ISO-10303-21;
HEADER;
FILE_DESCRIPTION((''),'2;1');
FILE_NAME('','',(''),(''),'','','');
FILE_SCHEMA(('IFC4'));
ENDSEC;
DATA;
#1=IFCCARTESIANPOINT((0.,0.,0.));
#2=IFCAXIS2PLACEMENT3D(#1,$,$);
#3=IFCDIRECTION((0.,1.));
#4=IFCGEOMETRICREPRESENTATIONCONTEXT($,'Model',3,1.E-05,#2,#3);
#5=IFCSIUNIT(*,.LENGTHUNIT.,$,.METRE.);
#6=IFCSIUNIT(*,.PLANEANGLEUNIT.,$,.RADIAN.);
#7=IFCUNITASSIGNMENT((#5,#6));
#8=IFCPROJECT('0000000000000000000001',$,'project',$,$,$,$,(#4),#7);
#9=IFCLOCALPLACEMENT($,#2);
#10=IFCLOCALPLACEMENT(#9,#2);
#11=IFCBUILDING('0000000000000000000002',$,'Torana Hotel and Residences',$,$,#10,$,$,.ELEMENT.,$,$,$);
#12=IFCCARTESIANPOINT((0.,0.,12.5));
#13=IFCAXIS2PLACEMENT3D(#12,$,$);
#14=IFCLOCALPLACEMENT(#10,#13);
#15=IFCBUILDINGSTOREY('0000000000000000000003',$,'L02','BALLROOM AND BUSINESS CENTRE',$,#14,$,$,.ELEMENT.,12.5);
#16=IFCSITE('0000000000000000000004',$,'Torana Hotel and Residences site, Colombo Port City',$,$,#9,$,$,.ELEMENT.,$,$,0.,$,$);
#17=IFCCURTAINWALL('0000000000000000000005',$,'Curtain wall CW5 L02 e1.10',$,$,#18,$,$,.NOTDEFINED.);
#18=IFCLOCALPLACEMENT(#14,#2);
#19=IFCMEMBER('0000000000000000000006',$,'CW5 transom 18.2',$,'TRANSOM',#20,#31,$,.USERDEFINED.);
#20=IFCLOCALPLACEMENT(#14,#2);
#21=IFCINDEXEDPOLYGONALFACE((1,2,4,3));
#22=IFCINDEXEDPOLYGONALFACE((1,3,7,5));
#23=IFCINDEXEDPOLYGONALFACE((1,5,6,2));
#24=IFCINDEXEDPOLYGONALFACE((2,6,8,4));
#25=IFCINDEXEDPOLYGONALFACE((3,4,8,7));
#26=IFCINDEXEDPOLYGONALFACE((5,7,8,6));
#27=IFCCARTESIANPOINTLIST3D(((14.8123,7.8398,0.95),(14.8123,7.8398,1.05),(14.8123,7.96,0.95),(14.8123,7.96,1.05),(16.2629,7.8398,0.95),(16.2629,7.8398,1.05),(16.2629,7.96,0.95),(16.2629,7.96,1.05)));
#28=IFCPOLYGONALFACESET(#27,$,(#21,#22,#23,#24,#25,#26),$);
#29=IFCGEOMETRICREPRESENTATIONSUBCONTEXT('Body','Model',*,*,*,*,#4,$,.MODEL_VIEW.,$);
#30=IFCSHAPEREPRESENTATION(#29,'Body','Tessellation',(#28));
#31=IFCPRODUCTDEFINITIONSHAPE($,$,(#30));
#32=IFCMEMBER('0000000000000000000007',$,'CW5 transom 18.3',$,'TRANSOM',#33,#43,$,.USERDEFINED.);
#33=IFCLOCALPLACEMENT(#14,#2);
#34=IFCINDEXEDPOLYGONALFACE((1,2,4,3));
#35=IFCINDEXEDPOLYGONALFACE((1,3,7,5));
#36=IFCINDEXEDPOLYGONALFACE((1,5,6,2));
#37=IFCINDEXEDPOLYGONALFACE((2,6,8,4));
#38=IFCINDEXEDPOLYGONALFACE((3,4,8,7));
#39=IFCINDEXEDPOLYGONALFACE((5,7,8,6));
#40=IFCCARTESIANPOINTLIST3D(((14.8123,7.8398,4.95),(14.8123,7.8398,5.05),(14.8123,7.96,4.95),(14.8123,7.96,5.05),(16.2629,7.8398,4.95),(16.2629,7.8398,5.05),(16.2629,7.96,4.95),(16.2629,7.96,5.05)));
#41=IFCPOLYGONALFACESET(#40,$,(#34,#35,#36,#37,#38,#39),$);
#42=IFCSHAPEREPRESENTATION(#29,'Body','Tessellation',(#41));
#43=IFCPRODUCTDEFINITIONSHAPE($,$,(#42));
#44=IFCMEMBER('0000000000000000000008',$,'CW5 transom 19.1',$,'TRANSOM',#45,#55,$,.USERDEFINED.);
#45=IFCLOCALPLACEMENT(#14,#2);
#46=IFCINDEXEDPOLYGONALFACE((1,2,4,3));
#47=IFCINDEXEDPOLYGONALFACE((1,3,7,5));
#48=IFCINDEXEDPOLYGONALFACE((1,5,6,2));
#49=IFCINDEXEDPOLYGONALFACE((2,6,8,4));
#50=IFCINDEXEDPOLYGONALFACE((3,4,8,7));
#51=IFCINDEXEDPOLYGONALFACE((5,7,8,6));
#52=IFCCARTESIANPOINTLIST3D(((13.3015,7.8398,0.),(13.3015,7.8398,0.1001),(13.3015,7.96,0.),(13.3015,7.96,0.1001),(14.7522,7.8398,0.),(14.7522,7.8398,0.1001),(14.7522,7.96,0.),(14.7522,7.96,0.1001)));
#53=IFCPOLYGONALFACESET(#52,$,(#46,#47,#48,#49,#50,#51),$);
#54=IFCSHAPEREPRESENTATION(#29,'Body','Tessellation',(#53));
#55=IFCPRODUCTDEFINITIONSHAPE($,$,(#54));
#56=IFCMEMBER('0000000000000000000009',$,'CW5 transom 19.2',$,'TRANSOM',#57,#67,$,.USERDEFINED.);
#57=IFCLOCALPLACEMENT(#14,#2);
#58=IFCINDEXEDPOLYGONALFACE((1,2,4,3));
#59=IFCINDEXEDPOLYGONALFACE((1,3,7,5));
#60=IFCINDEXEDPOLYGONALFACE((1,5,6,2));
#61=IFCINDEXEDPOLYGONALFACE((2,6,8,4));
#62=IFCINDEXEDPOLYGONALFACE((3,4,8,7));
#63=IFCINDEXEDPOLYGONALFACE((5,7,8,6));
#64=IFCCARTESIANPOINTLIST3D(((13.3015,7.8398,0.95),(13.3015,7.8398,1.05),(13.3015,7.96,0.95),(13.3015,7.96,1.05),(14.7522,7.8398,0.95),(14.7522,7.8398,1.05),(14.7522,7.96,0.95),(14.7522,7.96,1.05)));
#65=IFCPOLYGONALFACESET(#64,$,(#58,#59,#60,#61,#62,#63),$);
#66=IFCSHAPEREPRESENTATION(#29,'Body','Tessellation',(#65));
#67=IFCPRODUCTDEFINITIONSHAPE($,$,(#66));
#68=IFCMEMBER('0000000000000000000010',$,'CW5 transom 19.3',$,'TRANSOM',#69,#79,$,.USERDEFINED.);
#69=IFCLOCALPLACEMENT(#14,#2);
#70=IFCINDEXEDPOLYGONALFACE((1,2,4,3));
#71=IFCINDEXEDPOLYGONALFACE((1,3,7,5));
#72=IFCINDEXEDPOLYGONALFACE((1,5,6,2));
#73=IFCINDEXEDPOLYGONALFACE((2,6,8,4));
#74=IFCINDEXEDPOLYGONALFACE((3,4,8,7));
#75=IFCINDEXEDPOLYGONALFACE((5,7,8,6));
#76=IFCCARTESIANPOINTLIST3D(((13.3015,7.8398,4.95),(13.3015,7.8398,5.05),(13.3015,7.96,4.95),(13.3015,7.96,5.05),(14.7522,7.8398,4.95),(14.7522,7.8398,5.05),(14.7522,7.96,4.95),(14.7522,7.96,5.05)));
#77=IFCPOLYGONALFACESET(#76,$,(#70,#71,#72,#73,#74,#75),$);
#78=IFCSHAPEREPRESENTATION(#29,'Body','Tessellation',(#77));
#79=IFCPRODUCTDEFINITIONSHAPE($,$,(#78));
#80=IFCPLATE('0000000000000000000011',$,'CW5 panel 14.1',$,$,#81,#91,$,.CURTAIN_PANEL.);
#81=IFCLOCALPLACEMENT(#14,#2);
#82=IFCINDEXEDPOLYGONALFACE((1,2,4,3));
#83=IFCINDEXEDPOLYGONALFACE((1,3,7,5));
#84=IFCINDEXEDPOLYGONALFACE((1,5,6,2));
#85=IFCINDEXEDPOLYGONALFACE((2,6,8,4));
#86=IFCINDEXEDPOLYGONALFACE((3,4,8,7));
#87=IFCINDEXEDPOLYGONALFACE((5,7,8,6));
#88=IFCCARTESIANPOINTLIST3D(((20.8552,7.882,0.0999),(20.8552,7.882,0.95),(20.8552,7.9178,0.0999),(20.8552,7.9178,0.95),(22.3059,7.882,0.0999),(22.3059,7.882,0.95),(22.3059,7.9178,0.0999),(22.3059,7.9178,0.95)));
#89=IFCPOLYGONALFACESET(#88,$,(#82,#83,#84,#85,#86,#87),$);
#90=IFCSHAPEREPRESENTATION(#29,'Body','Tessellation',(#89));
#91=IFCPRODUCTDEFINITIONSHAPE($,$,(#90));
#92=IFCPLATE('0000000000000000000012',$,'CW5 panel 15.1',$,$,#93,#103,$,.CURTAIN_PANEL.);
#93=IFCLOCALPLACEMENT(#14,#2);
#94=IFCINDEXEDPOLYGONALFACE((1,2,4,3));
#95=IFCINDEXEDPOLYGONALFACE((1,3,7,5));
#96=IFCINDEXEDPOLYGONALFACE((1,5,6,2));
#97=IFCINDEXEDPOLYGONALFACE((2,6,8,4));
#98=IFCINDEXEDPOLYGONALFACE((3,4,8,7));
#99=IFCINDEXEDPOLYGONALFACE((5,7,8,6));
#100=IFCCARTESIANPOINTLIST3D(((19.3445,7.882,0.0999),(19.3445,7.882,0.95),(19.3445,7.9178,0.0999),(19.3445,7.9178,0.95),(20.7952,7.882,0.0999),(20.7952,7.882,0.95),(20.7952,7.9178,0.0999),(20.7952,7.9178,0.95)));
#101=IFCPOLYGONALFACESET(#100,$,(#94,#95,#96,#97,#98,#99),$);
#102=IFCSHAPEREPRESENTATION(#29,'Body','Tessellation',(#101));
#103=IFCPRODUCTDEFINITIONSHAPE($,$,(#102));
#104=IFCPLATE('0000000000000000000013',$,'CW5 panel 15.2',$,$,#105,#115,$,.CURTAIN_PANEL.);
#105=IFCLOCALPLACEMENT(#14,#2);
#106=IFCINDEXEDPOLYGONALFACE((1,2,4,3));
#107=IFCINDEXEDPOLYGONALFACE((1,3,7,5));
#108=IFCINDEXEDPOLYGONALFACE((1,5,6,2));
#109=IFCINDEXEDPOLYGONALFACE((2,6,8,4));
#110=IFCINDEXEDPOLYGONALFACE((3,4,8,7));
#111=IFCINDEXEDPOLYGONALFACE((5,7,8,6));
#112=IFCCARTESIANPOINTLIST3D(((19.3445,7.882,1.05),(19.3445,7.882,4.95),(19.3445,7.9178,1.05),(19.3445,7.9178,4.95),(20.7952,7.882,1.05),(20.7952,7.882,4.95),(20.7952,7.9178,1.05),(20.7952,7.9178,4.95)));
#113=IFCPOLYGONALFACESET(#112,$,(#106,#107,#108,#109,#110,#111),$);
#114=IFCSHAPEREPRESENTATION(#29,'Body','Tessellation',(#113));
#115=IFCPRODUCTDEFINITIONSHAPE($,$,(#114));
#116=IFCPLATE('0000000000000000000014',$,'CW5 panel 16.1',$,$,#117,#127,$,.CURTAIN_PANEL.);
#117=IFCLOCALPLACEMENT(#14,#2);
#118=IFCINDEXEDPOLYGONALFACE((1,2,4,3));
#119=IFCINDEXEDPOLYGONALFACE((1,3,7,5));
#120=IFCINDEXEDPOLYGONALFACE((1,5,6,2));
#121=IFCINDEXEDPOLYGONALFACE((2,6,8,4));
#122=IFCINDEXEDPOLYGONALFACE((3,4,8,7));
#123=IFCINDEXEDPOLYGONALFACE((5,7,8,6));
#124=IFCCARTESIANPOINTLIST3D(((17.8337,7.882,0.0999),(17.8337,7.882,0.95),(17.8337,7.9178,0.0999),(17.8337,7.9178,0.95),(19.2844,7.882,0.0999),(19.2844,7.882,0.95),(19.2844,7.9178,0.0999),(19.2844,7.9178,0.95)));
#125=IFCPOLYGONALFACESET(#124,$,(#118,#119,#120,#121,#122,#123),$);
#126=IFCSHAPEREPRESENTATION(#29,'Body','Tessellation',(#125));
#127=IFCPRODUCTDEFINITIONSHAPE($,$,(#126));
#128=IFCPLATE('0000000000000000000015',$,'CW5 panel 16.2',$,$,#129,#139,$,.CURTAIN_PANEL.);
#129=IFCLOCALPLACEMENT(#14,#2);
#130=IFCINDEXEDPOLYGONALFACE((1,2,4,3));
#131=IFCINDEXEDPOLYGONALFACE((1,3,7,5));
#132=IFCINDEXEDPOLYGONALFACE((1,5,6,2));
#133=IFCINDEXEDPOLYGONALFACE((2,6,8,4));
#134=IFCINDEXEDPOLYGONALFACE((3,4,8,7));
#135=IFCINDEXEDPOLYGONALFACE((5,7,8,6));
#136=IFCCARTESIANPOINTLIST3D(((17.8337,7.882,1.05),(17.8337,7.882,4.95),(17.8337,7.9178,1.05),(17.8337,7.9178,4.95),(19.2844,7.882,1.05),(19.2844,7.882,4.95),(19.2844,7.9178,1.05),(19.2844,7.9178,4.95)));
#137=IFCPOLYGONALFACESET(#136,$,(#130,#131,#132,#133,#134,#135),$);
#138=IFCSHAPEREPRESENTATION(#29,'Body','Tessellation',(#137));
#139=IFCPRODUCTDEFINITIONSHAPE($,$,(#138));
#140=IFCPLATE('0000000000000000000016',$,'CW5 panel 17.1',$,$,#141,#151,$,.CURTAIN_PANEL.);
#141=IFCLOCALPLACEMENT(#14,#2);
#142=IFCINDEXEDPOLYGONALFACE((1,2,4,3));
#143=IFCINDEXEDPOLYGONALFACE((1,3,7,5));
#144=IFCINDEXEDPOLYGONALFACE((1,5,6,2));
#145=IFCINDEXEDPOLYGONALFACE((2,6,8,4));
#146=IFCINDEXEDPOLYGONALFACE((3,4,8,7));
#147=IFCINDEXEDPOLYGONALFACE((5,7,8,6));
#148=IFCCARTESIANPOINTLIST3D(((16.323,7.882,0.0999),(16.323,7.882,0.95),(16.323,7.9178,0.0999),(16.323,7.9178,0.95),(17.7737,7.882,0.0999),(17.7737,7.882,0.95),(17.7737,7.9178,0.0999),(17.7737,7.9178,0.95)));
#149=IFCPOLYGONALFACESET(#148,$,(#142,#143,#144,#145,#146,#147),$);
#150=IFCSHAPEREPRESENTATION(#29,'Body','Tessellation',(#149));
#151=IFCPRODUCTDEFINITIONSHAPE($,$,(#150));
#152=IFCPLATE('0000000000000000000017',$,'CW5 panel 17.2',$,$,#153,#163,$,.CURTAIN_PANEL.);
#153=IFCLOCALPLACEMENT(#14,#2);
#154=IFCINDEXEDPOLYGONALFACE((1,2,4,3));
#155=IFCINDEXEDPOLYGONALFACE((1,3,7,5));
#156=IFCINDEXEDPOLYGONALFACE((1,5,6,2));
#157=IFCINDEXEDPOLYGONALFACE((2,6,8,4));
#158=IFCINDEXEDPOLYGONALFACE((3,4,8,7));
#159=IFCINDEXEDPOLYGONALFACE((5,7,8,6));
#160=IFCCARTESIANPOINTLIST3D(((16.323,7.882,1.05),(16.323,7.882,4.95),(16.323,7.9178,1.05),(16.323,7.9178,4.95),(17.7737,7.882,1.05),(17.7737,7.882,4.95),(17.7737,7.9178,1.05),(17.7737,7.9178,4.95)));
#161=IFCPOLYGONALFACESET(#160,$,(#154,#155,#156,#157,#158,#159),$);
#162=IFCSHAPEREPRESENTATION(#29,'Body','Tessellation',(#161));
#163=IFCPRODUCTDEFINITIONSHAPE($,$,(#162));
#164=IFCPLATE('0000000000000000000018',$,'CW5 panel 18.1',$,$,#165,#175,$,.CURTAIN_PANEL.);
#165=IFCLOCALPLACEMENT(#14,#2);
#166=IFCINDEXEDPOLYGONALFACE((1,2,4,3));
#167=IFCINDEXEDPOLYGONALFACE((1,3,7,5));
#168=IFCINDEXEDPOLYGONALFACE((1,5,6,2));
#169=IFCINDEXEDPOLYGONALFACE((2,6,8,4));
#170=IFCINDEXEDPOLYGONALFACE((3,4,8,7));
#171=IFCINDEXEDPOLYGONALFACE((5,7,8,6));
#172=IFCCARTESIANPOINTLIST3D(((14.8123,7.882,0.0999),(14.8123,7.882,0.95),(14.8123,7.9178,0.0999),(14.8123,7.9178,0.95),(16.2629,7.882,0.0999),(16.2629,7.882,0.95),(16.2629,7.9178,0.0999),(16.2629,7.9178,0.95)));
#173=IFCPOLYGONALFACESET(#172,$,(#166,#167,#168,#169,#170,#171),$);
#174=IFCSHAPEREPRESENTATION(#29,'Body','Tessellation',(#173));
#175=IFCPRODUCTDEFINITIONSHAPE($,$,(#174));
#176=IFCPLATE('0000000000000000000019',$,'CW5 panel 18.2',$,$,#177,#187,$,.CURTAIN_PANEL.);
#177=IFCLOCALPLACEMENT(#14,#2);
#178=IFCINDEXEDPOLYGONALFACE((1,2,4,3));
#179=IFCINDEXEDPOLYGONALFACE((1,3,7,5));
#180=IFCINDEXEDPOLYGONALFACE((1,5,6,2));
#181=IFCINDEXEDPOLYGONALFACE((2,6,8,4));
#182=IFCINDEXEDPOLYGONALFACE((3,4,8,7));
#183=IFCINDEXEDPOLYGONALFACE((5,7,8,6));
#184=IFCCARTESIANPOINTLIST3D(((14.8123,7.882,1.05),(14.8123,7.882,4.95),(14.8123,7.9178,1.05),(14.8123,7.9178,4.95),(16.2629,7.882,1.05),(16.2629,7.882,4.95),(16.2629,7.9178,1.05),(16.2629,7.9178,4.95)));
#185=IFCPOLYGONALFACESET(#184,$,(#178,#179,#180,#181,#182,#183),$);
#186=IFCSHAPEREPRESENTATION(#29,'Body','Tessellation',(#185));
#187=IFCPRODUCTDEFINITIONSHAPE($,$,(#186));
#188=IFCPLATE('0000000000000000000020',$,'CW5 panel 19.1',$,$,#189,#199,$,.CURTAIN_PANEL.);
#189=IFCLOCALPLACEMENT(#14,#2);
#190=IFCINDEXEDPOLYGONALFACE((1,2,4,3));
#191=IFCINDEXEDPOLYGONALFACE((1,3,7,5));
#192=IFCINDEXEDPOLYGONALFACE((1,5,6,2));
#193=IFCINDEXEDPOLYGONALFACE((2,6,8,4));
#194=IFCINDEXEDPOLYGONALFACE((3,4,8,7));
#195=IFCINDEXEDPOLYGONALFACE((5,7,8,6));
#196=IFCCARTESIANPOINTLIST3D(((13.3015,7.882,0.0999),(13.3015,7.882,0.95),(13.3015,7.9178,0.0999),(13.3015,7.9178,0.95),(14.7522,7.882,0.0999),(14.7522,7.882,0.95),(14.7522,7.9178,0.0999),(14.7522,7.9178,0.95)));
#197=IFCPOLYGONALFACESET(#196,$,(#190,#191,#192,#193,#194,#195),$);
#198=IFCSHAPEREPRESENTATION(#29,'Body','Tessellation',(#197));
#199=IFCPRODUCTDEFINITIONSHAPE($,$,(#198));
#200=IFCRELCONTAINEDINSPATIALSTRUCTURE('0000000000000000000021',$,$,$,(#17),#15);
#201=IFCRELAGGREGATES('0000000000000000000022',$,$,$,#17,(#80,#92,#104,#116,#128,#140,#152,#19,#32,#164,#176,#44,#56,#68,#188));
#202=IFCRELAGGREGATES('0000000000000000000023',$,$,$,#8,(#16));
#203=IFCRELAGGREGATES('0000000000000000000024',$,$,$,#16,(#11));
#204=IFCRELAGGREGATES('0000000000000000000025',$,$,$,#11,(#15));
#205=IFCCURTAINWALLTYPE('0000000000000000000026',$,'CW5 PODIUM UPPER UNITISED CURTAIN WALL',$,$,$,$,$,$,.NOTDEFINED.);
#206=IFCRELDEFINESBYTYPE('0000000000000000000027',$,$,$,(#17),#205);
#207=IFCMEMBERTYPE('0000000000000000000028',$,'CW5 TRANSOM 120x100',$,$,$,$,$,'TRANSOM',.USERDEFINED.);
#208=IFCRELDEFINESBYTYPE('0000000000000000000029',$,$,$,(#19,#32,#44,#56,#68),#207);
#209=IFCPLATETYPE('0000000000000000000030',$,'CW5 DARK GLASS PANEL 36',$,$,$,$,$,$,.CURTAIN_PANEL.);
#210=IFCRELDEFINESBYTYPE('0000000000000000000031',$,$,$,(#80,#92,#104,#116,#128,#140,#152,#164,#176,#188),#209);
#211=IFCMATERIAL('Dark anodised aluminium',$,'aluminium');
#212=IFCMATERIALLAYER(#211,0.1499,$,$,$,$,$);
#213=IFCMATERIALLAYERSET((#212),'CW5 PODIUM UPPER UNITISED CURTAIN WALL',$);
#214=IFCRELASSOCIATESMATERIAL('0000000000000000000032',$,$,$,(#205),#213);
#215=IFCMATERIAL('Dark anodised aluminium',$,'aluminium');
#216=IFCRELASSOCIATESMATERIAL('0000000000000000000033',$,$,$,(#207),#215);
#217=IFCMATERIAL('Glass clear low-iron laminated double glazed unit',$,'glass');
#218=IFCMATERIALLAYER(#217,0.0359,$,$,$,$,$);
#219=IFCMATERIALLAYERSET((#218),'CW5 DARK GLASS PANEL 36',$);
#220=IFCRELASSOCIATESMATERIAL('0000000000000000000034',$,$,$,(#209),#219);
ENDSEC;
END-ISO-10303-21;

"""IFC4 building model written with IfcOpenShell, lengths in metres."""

from ifc_helpers import new_model, si_unit, direction, frame, origin, origin_2d, place, context, subcontext, project, spatial, rectangle, extrude, material, layer, layer_set, material_profile, profile_set, type_object, element, aggregate, save


model = new_model("IFC4")

# Units and contexts
model_context = context("Model", 3, precision=1e-05, world=origin(), true_north=direction((0.0, 1.0)))
body_context = subcontext(model_context, "Body", "Model", "MODEL_VIEW")
ifc_project = project(units=[si_unit("LENGTHUNIT", "METRE"), si_unit("PLANEANGLEUNIT", "RADIAN")], contexts=[model_context])

# Site, building, storey
site_placement = place(None, origin())
site = spatial("IfcSite", under=ifc_project, at=site_placement, Name="Torana Hotel and Residences site, Colombo Port City", CompositionType="ELEMENT", RefElevation=0.0)
building_placement = place(site_placement, origin())
building = spatial("IfcBuilding", under=site, at=building_placement, Name="Torana Hotel and Residences", CompositionType="ELEMENT")
storey_placement = place(building_placement, frame((0.0, 0.0, 12.5)))
storey = spatial("IfcBuildingStorey", under=building, at=storey_placement, Name="L02", Description="BALLROOM AND BUSINESS CENTRE", CompositionType="ELEMENT", Elevation=12.5)

# Curtain wall, members, plates
ifc_material_1 = material(Name="Dark anodised aluminium", Category="aluminium")
ifc_layer_1 = layer(ifc_material_1, 0.1499)
ifc_layer_set_1 = layer_set([ifc_layer_1], Name="CW5 PODIUM UPPER UNITISED CURTAIN WALL")
curtain_wall_type = type_object("IfcCurtainWallType", Name="CW5 PODIUM UPPER UNITISED CURTAIN WALL", PredefinedType="NOTDEFINED", material=ifc_layer_set_1)
curtain_wall_placement = place(storey_placement, origin())
curtain_wall = element("IfcCurtainWall", 1, at=curtain_wall_placement, inside=storey, type_object=curtain_wall_type, Name="Curtain wall CW5 L02 e1.10", PredefinedType="NOTDEFINED")
ifc_material_2 = material(Name="Dark anodised aluminium", Category="aluminium")
ifc_material_profile_1 = material_profile(ifc_material_2, rectangle(XDim=0.1201, YDim=0.1001, at=origin_2d()), Name="CW5 TRANSOM 120x100")
ifc_profile_set_1 = profile_set([ifc_material_profile_1], Name="Dark anodised aluminium")
member_type_1 = type_object("IfcMemberType", Name="CW5 TRANSOM 120x100", ElementType="TRANSOM", PredefinedType="USERDEFINED", material=ifc_profile_set_1)
member_1_placement = place(storey_placement, frame((16.2629, 7.8999, 1.0), z_axis=(-1.0, 0.0, 0.0), x_axis=(0.0, -1.0, 0.0)))
member_1 = element("IfcMember", 2, at=member_1_placement, type_object=member_type_1, Name="CW5 transom 18.2", ObjectType="TRANSOM", PredefinedType="USERDEFINED", context=body_context, shape_type="SweptSolid", body=[
    extrude(rectangle(XDim=0.1201, YDim=0.1001, at=origin_2d()), origin(), (0.0, 0.0, 1.0), 1.4507),
])
member_2_placement = place(storey_placement, frame((16.2629, 7.8999, 5.0), z_axis=(-1.0, 0.0, 0.0), x_axis=(0.0, -1.0, 0.0)))
member_2 = element("IfcMember", 3, at=member_2_placement, type_object=member_type_1, Name="CW5 transom 18.3", ObjectType="TRANSOM", PredefinedType="USERDEFINED", context=body_context, shape_type="SweptSolid", body=[
    extrude(rectangle(XDim=0.1201, YDim=0.1001, at=origin_2d()), origin(), (0.0, 0.0, 1.0), 1.4507),
])
member_3_placement = place(storey_placement, frame((14.7522, 7.8999, 0.05), z_axis=(-1.0, 0.0, 0.0), x_axis=(0.0, -1.0, 0.0)))
member_3 = element("IfcMember", 4, at=member_3_placement, type_object=member_type_1, Name="CW5 transom 19.1", ObjectType="TRANSOM", PredefinedType="USERDEFINED", context=body_context, shape_type="SweptSolid", body=[
    extrude(rectangle(XDim=0.1201, YDim=0.1001, at=origin_2d()), origin(), (0.0, 0.0, 1.0), 1.4507),
])
member_4_placement = place(storey_placement, frame((14.7522, 7.8999, 1.0), z_axis=(-1.0, 0.0, 0.0), x_axis=(0.0, -1.0, 0.0)))
member_4 = element("IfcMember", 5, at=member_4_placement, type_object=member_type_1, Name="CW5 transom 19.2", ObjectType="TRANSOM", PredefinedType="USERDEFINED", context=body_context, shape_type="SweptSolid", body=[
    extrude(rectangle(XDim=0.1201, YDim=0.1001, at=origin_2d()), origin(), (0.0, 0.0, 1.0), 1.4507),
])
member_5_placement = place(storey_placement, frame((14.7522, 7.8999, 5.0), z_axis=(-1.0, 0.0, 0.0), x_axis=(0.0, -1.0, 0.0)))
member_5 = element("IfcMember", 6, at=member_5_placement, type_object=member_type_1, Name="CW5 transom 19.3", ObjectType="TRANSOM", PredefinedType="USERDEFINED", context=body_context, shape_type="SweptSolid", body=[
    extrude(rectangle(XDim=0.1201, YDim=0.1001, at=origin_2d()), origin(), (0.0, 0.0, 1.0), 1.4507),
])
ifc_material_3 = material(Name="Glass clear low-iron laminated double glazed unit", Category="glass")
ifc_layer_2 = layer(ifc_material_3, 0.0359)
ifc_layer_set_2 = layer_set([ifc_layer_2], Name="CW5 DARK GLASS PANEL 36")
plate_type = type_object("IfcPlateType", Name="CW5 DARK GLASS PANEL 36", PredefinedType="CURTAIN_PANEL", material=ifc_layer_set_2)
plate_1_placement = place(storey_placement, frame((21.5806, 7.8999, 0.0999), z_axis=(0.0, 0.0, 1.0), x_axis=(-1.0, 0.0, 0.0)))
plate_1 = element("IfcPlate", 7, at=plate_1_placement, type_object=plate_type, Name="CW5 panel 14.1", PredefinedType="CURTAIN_PANEL", context=body_context, shape_type="SweptSolid", body=[
    extrude(rectangle(XDim=1.4507, YDim=0.0359, at=origin_2d()), origin(), (0.0, 0.0, 1.0), 0.8501),
])
plate_2_placement = place(storey_placement, frame((20.0698, 7.8999, 0.0999), z_axis=(0.0, 0.0, 1.0), x_axis=(-1.0, 0.0, 0.0)))
plate_2 = element("IfcPlate", 8, at=plate_2_placement, type_object=plate_type, Name="CW5 panel 15.1", PredefinedType="CURTAIN_PANEL", context=body_context, shape_type="SweptSolid", body=[
    extrude(rectangle(XDim=1.4507, YDim=0.0359, at=origin_2d()), origin(), (0.0, 0.0, 1.0), 0.8501),
])
plate_3_placement = place(storey_placement, frame((20.0698, 7.8999, 1.05), z_axis=(0.0, 0.0, 1.0), x_axis=(-1.0, 0.0, 0.0)))
plate_3 = element("IfcPlate", 9, at=plate_3_placement, type_object=plate_type, Name="CW5 panel 15.2", PredefinedType="CURTAIN_PANEL", context=body_context, shape_type="SweptSolid", body=[
    extrude(rectangle(XDim=1.4507, YDim=0.0359, at=origin_2d()), origin(), (0.0, 0.0, 1.0), 3.8999),
])
plate_4_placement = place(storey_placement, frame((18.5591, 7.8999, 0.0999), z_axis=(0.0, 0.0, 1.0), x_axis=(-1.0, 0.0, 0.0)))
plate_4 = element("IfcPlate", 10, at=plate_4_placement, type_object=plate_type, Name="CW5 panel 16.1", PredefinedType="CURTAIN_PANEL", context=body_context, shape_type="SweptSolid", body=[
    extrude(rectangle(XDim=1.4507, YDim=0.0359, at=origin_2d()), origin(), (0.0, 0.0, 1.0), 0.8501),
])
plate_5_placement = place(storey_placement, frame((18.5591, 7.8999, 1.05), z_axis=(0.0, 0.0, 1.0), x_axis=(-1.0, 0.0, 0.0)))
plate_5 = element("IfcPlate", 11, at=plate_5_placement, type_object=plate_type, Name="CW5 panel 16.2", PredefinedType="CURTAIN_PANEL", context=body_context, shape_type="SweptSolid", body=[
    extrude(rectangle(XDim=1.4507, YDim=0.0359, at=origin_2d()), origin(), (0.0, 0.0, 1.0), 3.8999),
])
plate_6_placement = place(storey_placement, frame((17.0483, 7.8999, 0.0999), z_axis=(0.0, 0.0, 1.0), x_axis=(-1.0, 0.0, 0.0)))
plate_6 = element("IfcPlate", 12, at=plate_6_placement, type_object=plate_type, Name="CW5 panel 17.1", PredefinedType="CURTAIN_PANEL", context=body_context, shape_type="SweptSolid", body=[
    extrude(rectangle(XDim=1.4507, YDim=0.0359, at=origin_2d()), origin(), (0.0, 0.0, 1.0), 0.8501),
])
plate_7_placement = place(storey_placement, frame((17.0483, 7.8999, 1.05), z_axis=(0.0, 0.0, 1.0), x_axis=(-1.0, 0.0, 0.0)))
plate_7 = element("IfcPlate", 13, at=plate_7_placement, type_object=plate_type, Name="CW5 panel 17.2", PredefinedType="CURTAIN_PANEL", context=body_context, shape_type="SweptSolid", body=[
    extrude(rectangle(XDim=1.4507, YDim=0.0359, at=origin_2d()), origin(), (0.0, 0.0, 1.0), 3.8999),
])
plate_8_placement = place(storey_placement, frame((15.5376, 7.8999, 0.0999), z_axis=(0.0, 0.0, 1.0), x_axis=(-1.0, 0.0, 0.0)))
plate_8 = element("IfcPlate", 14, at=plate_8_placement, type_object=plate_type, Name="CW5 panel 18.1", PredefinedType="CURTAIN_PANEL", context=body_context, shape_type="SweptSolid", body=[
    extrude(rectangle(XDim=1.4507, YDim=0.0359, at=origin_2d()), origin(), (0.0, 0.0, 1.0), 0.8501),
])
plate_9_placement = place(storey_placement, frame((15.5376, 7.8999, 1.05), z_axis=(0.0, 0.0, 1.0), x_axis=(-1.0, 0.0, 0.0)))
plate_9 = element("IfcPlate", 15, at=plate_9_placement, type_object=plate_type, Name="CW5 panel 18.2", PredefinedType="CURTAIN_PANEL", context=body_context, shape_type="SweptSolid", body=[
    extrude(rectangle(XDim=1.4507, YDim=0.0359, at=origin_2d()), origin(), (0.0, 0.0, 1.0), 3.8999),
])
plate_10_placement = place(storey_placement, frame((14.0269, 7.8999, 0.0999), z_axis=(0.0, 0.0, 1.0), x_axis=(-1.0, 0.0, 0.0)))
plate_10 = element("IfcPlate", 16, at=plate_10_placement, type_object=plate_type, Name="CW5 panel 19.1", PredefinedType="CURTAIN_PANEL", context=body_context, shape_type="SweptSolid", body=[
    extrude(rectangle(XDim=1.4507, YDim=0.0359, at=origin_2d()), origin(), (0.0, 0.0, 1.0), 0.8501),
])
aggregate(curtain_wall, [plate_1, plate_2, plate_3, plate_4, plate_5, plate_6, plate_7, member_1, member_2, plate_8, plate_9, member_3, member_4, member_5, plate_10])

save(model, "model.ifc")
